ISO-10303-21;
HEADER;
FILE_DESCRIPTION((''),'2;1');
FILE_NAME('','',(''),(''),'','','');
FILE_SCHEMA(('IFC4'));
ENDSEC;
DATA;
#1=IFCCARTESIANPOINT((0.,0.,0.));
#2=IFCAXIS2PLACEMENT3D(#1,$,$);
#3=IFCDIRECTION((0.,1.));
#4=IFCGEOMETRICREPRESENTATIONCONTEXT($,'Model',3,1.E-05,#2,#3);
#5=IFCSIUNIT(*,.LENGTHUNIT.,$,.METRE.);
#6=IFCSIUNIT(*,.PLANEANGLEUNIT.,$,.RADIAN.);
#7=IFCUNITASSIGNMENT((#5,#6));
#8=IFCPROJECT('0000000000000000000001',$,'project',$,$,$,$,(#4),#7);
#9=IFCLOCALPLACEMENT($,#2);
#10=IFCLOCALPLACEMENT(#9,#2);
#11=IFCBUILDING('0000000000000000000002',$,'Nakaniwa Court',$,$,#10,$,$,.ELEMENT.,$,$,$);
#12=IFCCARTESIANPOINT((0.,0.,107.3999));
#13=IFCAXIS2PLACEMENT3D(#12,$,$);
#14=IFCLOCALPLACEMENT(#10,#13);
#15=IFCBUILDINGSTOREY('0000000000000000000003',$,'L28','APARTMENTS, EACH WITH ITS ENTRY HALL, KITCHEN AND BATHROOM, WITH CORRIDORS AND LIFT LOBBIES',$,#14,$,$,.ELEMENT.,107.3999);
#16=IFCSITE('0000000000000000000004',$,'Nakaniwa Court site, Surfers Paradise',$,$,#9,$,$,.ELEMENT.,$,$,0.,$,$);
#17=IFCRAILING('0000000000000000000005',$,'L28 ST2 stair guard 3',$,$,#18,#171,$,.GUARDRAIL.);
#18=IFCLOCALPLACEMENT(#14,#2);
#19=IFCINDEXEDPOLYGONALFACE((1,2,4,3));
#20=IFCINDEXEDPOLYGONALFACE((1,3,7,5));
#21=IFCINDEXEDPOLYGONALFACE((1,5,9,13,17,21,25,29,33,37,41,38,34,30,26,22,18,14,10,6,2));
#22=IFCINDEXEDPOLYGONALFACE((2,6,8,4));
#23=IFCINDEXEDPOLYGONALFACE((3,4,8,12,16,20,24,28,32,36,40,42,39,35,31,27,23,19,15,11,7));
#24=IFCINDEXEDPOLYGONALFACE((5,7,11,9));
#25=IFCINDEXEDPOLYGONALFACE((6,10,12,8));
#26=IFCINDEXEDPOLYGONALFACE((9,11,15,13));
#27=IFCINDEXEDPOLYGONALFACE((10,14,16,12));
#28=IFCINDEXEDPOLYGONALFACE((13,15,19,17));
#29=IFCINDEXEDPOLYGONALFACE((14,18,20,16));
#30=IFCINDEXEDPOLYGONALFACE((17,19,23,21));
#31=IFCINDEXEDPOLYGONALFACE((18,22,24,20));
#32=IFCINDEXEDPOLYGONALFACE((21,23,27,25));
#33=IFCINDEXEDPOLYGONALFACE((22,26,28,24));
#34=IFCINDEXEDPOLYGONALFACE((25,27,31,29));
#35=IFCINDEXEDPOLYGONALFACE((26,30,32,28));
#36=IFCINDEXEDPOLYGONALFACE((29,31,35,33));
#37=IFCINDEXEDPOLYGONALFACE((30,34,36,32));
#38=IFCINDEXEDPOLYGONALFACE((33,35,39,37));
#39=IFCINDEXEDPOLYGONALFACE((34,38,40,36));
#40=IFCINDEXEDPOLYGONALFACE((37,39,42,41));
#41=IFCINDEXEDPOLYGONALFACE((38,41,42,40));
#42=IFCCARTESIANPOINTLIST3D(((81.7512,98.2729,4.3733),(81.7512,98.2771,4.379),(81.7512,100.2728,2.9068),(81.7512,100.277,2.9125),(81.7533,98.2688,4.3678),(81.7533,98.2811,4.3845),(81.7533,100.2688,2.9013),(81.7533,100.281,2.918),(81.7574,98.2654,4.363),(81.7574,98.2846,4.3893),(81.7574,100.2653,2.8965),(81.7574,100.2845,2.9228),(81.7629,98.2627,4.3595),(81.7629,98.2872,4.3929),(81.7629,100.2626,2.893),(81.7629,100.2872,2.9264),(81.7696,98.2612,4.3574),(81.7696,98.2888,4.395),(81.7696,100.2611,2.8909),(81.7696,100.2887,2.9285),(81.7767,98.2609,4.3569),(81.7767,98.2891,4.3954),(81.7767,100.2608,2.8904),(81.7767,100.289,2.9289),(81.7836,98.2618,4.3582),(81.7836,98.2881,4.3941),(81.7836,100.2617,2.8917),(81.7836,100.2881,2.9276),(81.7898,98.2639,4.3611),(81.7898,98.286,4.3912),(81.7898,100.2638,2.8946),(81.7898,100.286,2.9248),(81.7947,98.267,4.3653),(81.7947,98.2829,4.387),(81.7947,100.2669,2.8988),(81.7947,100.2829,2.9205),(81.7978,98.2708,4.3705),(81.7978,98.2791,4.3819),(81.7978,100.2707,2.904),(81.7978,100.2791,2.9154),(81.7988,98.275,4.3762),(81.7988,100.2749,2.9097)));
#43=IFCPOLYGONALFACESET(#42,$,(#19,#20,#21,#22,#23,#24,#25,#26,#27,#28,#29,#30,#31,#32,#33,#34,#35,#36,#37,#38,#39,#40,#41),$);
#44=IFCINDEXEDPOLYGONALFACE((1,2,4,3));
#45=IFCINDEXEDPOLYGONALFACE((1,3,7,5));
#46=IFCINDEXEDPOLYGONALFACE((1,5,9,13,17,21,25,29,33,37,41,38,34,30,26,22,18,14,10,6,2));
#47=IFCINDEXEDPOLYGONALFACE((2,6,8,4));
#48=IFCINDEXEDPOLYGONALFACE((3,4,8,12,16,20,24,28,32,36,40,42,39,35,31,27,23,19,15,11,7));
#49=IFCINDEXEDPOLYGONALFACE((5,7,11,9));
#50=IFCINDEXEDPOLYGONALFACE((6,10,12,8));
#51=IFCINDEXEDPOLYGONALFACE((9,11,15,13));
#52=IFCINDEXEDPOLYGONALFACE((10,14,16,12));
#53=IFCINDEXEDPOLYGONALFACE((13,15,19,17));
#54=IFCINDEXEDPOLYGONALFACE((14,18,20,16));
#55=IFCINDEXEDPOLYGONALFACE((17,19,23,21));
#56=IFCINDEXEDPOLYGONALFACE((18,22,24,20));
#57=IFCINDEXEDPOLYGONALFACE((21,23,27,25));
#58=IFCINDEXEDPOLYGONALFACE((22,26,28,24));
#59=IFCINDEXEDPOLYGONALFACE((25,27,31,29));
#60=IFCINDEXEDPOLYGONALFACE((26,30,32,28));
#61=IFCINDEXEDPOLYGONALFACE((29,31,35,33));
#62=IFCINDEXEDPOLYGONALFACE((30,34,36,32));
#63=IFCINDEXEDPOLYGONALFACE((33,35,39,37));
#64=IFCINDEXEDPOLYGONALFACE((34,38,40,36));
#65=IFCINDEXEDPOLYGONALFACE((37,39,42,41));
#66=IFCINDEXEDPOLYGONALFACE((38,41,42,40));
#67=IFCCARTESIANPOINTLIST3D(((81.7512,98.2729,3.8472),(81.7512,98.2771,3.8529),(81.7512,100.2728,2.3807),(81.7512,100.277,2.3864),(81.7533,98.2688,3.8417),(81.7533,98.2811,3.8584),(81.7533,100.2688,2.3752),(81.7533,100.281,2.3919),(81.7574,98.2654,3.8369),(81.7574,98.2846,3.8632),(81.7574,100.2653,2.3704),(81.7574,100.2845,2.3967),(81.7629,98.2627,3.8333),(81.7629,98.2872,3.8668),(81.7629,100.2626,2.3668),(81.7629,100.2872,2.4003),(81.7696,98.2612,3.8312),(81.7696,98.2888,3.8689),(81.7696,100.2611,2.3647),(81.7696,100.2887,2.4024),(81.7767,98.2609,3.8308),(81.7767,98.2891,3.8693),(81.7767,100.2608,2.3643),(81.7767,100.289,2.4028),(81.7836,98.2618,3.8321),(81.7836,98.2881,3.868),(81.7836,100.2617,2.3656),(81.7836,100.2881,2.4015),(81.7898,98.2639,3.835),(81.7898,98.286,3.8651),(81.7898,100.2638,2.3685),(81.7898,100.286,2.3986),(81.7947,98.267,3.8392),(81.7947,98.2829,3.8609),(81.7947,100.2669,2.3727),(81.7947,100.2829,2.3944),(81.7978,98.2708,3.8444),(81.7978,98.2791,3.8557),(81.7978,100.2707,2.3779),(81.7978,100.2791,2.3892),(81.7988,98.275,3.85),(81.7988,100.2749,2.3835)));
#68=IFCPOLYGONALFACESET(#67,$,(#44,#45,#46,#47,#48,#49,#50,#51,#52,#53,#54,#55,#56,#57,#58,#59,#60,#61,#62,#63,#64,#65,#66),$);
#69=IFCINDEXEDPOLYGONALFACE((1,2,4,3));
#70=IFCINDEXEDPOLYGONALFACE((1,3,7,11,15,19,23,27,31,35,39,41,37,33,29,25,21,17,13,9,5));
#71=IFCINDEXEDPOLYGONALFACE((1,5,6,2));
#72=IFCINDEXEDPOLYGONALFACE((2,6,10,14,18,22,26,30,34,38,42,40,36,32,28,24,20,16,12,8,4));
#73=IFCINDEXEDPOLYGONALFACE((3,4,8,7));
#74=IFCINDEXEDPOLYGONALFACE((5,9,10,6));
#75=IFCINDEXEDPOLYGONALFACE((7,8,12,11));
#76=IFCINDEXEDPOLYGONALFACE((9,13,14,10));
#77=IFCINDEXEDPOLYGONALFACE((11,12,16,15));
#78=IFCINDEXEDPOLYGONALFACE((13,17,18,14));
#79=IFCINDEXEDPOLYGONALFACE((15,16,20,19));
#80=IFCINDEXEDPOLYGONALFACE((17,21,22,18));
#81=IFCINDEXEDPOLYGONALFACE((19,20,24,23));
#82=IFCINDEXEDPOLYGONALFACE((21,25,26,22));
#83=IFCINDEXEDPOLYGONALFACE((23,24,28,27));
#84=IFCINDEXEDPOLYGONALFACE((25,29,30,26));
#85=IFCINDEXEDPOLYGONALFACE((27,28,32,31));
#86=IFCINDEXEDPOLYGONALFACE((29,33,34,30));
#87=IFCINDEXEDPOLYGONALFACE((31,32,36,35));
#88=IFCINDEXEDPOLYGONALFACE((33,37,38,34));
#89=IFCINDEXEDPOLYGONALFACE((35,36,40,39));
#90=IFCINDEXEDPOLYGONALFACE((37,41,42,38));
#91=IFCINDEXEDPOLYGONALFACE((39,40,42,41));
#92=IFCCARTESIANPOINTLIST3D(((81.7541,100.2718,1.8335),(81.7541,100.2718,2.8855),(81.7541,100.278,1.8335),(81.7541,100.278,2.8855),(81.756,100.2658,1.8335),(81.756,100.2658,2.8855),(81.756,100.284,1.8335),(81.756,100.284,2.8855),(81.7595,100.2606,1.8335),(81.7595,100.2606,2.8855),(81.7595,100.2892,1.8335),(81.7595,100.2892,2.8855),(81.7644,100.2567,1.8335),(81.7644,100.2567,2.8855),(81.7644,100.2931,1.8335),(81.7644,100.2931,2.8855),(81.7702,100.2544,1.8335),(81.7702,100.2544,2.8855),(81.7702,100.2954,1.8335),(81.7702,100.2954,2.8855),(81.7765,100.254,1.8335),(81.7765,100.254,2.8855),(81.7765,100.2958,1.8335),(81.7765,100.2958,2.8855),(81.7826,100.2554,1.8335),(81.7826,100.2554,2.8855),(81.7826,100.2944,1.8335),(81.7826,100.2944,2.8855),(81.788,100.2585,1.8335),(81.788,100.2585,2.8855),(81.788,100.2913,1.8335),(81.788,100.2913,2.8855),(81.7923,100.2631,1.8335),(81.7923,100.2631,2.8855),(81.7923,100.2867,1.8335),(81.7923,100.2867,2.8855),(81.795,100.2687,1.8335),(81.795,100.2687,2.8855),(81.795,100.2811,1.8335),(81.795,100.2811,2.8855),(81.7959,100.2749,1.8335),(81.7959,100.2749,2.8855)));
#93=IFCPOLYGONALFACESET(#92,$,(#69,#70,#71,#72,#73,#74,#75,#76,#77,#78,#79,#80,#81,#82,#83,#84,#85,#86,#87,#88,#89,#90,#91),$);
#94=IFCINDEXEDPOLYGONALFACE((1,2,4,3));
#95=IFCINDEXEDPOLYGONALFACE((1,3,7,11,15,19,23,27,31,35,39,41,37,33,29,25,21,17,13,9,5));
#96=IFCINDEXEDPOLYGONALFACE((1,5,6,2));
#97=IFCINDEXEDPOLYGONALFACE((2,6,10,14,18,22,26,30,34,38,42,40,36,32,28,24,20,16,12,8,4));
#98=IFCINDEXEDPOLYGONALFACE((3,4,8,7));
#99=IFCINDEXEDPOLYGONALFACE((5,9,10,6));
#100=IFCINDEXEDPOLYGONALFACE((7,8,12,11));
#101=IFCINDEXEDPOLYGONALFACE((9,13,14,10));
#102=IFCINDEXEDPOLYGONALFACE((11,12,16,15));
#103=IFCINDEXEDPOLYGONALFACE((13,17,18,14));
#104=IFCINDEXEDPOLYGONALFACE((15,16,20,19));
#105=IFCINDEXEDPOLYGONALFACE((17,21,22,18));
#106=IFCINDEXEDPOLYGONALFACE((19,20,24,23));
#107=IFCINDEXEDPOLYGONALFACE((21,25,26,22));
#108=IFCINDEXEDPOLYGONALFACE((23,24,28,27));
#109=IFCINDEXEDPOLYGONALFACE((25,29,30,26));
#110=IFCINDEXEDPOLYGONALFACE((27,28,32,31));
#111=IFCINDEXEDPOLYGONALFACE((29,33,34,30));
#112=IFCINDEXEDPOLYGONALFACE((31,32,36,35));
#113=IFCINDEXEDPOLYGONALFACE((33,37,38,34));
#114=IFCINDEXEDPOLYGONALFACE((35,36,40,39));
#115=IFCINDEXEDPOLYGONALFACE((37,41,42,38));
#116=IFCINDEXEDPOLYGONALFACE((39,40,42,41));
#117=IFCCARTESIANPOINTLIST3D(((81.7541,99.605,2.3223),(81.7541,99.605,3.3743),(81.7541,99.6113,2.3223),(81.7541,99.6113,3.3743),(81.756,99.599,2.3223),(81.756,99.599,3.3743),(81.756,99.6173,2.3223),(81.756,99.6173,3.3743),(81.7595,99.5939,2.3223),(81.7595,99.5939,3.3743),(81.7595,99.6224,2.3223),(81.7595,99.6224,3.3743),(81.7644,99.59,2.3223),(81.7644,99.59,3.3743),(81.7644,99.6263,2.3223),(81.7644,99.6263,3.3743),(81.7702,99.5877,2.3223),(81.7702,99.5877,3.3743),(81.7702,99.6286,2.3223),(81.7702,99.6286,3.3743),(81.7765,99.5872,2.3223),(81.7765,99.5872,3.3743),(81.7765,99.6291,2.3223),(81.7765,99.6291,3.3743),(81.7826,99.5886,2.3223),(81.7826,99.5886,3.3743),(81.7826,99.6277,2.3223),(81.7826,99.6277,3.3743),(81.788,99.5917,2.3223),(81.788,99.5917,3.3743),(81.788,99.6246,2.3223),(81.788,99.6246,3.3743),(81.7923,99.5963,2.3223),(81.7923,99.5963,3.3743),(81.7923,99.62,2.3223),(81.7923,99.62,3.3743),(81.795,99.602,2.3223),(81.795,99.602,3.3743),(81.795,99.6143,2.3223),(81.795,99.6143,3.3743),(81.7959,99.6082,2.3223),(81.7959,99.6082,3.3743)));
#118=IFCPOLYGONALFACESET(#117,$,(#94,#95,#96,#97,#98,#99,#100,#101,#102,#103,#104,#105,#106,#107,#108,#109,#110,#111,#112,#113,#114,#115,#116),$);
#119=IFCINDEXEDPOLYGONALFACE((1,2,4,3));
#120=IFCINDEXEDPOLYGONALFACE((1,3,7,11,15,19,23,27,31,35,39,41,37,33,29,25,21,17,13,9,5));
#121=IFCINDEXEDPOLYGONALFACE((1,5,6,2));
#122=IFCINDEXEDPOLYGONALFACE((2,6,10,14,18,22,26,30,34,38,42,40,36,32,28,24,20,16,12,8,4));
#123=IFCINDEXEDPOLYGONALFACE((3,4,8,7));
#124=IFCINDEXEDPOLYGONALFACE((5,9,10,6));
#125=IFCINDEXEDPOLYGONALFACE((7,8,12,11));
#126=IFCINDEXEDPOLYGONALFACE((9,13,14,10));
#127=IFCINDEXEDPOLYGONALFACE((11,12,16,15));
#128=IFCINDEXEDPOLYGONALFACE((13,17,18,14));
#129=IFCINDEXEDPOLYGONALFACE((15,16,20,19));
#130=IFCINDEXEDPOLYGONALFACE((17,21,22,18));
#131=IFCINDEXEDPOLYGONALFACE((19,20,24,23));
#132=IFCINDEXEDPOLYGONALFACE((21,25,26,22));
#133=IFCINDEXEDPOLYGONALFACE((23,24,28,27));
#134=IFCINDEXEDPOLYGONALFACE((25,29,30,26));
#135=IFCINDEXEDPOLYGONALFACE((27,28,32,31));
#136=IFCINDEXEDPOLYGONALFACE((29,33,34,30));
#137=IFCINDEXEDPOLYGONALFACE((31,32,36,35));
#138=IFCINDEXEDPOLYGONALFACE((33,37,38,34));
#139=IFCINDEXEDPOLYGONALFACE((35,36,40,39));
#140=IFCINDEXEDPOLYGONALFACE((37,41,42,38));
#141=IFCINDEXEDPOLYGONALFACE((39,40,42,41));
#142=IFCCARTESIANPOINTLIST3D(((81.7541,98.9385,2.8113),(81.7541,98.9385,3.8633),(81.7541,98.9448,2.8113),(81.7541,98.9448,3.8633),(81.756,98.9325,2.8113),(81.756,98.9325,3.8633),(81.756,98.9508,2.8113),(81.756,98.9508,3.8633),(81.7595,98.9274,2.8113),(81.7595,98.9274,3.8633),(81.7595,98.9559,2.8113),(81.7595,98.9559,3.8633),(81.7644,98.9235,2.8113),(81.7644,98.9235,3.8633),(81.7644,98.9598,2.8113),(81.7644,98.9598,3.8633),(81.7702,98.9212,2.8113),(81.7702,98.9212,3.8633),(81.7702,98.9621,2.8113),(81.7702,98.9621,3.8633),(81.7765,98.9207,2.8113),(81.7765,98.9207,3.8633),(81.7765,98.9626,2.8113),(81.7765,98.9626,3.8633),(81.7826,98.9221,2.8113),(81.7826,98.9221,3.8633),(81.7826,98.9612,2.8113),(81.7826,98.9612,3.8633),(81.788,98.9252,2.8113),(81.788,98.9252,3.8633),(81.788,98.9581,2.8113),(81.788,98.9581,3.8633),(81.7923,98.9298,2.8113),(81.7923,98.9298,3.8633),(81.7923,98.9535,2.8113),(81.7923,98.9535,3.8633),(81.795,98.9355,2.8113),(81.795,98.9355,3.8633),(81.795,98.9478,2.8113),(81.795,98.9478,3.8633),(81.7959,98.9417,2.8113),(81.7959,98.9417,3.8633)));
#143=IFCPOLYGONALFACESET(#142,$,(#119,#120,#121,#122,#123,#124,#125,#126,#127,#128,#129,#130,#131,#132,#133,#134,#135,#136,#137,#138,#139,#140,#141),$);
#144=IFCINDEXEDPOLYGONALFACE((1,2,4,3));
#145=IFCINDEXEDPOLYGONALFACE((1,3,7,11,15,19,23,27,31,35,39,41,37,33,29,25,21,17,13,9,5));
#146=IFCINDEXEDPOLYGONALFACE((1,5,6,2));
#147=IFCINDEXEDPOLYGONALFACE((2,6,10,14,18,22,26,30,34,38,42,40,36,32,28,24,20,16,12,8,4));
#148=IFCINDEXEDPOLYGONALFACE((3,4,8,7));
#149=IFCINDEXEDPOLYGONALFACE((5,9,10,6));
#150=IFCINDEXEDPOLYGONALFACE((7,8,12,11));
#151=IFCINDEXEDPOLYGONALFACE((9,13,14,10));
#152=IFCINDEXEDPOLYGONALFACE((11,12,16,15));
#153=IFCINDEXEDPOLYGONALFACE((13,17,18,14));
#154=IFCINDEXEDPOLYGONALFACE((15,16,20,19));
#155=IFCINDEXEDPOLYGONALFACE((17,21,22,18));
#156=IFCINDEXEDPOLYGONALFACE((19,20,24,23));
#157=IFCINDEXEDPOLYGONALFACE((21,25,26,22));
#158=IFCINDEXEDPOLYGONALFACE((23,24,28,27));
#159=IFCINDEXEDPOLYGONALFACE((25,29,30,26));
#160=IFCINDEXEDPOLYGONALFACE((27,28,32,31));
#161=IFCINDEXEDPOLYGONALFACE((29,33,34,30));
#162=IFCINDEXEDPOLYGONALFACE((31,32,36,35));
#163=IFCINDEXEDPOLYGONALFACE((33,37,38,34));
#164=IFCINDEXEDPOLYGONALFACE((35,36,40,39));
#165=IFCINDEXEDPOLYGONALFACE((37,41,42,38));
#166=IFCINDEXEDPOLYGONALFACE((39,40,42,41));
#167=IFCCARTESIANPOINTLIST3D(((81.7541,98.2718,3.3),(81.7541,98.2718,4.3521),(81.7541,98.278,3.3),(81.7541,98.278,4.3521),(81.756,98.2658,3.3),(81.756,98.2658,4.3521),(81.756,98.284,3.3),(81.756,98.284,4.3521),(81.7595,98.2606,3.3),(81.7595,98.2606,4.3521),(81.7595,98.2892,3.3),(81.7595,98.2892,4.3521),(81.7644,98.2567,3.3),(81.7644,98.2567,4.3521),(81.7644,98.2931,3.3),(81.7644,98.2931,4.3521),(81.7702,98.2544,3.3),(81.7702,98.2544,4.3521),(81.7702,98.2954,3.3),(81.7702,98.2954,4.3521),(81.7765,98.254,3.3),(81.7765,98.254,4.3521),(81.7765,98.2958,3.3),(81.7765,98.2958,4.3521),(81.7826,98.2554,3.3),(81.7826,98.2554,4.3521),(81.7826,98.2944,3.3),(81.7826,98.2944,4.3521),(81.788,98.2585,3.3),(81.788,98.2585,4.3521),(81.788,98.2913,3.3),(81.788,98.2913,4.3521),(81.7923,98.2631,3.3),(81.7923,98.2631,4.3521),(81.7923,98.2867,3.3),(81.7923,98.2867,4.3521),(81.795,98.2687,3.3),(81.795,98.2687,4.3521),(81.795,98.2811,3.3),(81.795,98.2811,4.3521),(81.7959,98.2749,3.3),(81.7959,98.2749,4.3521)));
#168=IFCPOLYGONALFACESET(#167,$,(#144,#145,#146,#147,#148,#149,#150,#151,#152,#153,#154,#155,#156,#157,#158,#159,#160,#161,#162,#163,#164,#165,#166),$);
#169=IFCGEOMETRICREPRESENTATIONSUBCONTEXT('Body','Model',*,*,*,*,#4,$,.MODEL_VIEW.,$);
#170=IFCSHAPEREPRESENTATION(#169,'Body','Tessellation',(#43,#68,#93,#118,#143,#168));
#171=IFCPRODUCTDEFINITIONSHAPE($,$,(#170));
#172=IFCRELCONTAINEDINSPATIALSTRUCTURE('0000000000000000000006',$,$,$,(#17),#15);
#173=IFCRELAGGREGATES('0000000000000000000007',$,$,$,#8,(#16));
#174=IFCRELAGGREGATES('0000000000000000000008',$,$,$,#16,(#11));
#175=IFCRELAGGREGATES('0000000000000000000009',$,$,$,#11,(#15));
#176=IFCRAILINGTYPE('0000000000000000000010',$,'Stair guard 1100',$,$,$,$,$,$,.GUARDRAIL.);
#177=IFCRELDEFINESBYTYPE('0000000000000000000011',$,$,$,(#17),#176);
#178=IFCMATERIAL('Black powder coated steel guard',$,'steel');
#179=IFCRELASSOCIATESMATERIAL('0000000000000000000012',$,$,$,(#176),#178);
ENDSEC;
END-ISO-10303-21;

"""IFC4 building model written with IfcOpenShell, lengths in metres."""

from ifc_helpers import new_model, si_unit, direction, frame, origin, origin_2d, place, context, subcontext, project, spatial, circle, extrude, material, type_object, element, save


model = new_model("IFC4")

# Units and contexts
model_context = context("Model", 3, precision=1e-05, world=origin(), true_north=direction((0.0, 1.0)))
body_context = subcontext(model_context, "Body", "Model", "MODEL_VIEW")
ifc_project = project(units=[si_unit("LENGTHUNIT", "METRE"), si_unit("PLANEANGLEUNIT", "RADIAN")], contexts=[model_context])

# Site, building, storey
site_placement = place(None, origin())
site = spatial("IfcSite", under=ifc_project, at=site_placement, Name="Nakaniwa Court site, Surfers Paradise", CompositionType="ELEMENT", RefElevation=0.0)
building_placement = place(site_placement, origin())
building = spatial("IfcBuilding", under=site, at=building_placement, Name="Nakaniwa Court", CompositionType="ELEMENT")
storey_placement = place(building_placement, frame((0.0, 0.0, 107.3999)))
storey = spatial("IfcBuildingStorey", under=building, at=storey_placement, Name="L28", Description="APARTMENTS, EACH WITH ITS ENTRY HALL, KITCHEN AND BATHROOM, WITH CORRIDORS AND LIFT LOBBIES", CompositionType="ELEMENT", Elevation=107.3999)

# Railing
ifc_material_1 = material(Name="Black powder coated steel guard", Category="steel")
railing_type_1 = type_object("IfcRailingType", Name="Stair guard 1100", PredefinedType="GUARDRAIL", material=ifc_material_1)
railing_1_placement = place(storey_placement, frame((81.7749, 100.2749, 1.8335)))
element("IfcRailing", 1, at=railing_1_placement, inside=storey, type_object=railing_type_1, Name="L28 ST2 stair guard 3", PredefinedType="GUARDRAIL", context=body_context, shape_type="SweptSolid", body=[
    extrude(circle(Radius=0.0239, at=origin_2d()), frame((0.0, 0.0, 1.0762), z_axis=(0.0, -0.806427, 0.591334), x_axis=(1.0, 0.0, 0.0)), (0.0, 0.0, 1.0), 2.48),
    extrude(circle(Radius=0.0239, at=origin_2d()), frame((0.0, 0.0, 0.55), z_axis=(0.0, -0.806427, 0.591334), x_axis=(1.0, 0.0, 0.0)), (0.0, 0.0, 1.0), 2.48),
    extrude(circle(Radius=0.021, at=origin_2d()), origin(), (0.0, 0.0, 1.0), 1.052),
    extrude(circle(Radius=0.021, at=origin_2d()), frame((0.0, -0.6667, 0.4888)), (0.0, 0.0, 1.0), 1.052),
    extrude(circle(Radius=0.021, at=origin_2d()), frame((0.0, -1.3333, 0.9778)), (0.0, 0.0, 1.0), 1.052),
    extrude(circle(Radius=0.021, at=origin_2d()), frame((0.0, -2.0, 1.4666)), (0.0, 0.0, 1.0), 1.052),
])

save(model, "model.ifc")
